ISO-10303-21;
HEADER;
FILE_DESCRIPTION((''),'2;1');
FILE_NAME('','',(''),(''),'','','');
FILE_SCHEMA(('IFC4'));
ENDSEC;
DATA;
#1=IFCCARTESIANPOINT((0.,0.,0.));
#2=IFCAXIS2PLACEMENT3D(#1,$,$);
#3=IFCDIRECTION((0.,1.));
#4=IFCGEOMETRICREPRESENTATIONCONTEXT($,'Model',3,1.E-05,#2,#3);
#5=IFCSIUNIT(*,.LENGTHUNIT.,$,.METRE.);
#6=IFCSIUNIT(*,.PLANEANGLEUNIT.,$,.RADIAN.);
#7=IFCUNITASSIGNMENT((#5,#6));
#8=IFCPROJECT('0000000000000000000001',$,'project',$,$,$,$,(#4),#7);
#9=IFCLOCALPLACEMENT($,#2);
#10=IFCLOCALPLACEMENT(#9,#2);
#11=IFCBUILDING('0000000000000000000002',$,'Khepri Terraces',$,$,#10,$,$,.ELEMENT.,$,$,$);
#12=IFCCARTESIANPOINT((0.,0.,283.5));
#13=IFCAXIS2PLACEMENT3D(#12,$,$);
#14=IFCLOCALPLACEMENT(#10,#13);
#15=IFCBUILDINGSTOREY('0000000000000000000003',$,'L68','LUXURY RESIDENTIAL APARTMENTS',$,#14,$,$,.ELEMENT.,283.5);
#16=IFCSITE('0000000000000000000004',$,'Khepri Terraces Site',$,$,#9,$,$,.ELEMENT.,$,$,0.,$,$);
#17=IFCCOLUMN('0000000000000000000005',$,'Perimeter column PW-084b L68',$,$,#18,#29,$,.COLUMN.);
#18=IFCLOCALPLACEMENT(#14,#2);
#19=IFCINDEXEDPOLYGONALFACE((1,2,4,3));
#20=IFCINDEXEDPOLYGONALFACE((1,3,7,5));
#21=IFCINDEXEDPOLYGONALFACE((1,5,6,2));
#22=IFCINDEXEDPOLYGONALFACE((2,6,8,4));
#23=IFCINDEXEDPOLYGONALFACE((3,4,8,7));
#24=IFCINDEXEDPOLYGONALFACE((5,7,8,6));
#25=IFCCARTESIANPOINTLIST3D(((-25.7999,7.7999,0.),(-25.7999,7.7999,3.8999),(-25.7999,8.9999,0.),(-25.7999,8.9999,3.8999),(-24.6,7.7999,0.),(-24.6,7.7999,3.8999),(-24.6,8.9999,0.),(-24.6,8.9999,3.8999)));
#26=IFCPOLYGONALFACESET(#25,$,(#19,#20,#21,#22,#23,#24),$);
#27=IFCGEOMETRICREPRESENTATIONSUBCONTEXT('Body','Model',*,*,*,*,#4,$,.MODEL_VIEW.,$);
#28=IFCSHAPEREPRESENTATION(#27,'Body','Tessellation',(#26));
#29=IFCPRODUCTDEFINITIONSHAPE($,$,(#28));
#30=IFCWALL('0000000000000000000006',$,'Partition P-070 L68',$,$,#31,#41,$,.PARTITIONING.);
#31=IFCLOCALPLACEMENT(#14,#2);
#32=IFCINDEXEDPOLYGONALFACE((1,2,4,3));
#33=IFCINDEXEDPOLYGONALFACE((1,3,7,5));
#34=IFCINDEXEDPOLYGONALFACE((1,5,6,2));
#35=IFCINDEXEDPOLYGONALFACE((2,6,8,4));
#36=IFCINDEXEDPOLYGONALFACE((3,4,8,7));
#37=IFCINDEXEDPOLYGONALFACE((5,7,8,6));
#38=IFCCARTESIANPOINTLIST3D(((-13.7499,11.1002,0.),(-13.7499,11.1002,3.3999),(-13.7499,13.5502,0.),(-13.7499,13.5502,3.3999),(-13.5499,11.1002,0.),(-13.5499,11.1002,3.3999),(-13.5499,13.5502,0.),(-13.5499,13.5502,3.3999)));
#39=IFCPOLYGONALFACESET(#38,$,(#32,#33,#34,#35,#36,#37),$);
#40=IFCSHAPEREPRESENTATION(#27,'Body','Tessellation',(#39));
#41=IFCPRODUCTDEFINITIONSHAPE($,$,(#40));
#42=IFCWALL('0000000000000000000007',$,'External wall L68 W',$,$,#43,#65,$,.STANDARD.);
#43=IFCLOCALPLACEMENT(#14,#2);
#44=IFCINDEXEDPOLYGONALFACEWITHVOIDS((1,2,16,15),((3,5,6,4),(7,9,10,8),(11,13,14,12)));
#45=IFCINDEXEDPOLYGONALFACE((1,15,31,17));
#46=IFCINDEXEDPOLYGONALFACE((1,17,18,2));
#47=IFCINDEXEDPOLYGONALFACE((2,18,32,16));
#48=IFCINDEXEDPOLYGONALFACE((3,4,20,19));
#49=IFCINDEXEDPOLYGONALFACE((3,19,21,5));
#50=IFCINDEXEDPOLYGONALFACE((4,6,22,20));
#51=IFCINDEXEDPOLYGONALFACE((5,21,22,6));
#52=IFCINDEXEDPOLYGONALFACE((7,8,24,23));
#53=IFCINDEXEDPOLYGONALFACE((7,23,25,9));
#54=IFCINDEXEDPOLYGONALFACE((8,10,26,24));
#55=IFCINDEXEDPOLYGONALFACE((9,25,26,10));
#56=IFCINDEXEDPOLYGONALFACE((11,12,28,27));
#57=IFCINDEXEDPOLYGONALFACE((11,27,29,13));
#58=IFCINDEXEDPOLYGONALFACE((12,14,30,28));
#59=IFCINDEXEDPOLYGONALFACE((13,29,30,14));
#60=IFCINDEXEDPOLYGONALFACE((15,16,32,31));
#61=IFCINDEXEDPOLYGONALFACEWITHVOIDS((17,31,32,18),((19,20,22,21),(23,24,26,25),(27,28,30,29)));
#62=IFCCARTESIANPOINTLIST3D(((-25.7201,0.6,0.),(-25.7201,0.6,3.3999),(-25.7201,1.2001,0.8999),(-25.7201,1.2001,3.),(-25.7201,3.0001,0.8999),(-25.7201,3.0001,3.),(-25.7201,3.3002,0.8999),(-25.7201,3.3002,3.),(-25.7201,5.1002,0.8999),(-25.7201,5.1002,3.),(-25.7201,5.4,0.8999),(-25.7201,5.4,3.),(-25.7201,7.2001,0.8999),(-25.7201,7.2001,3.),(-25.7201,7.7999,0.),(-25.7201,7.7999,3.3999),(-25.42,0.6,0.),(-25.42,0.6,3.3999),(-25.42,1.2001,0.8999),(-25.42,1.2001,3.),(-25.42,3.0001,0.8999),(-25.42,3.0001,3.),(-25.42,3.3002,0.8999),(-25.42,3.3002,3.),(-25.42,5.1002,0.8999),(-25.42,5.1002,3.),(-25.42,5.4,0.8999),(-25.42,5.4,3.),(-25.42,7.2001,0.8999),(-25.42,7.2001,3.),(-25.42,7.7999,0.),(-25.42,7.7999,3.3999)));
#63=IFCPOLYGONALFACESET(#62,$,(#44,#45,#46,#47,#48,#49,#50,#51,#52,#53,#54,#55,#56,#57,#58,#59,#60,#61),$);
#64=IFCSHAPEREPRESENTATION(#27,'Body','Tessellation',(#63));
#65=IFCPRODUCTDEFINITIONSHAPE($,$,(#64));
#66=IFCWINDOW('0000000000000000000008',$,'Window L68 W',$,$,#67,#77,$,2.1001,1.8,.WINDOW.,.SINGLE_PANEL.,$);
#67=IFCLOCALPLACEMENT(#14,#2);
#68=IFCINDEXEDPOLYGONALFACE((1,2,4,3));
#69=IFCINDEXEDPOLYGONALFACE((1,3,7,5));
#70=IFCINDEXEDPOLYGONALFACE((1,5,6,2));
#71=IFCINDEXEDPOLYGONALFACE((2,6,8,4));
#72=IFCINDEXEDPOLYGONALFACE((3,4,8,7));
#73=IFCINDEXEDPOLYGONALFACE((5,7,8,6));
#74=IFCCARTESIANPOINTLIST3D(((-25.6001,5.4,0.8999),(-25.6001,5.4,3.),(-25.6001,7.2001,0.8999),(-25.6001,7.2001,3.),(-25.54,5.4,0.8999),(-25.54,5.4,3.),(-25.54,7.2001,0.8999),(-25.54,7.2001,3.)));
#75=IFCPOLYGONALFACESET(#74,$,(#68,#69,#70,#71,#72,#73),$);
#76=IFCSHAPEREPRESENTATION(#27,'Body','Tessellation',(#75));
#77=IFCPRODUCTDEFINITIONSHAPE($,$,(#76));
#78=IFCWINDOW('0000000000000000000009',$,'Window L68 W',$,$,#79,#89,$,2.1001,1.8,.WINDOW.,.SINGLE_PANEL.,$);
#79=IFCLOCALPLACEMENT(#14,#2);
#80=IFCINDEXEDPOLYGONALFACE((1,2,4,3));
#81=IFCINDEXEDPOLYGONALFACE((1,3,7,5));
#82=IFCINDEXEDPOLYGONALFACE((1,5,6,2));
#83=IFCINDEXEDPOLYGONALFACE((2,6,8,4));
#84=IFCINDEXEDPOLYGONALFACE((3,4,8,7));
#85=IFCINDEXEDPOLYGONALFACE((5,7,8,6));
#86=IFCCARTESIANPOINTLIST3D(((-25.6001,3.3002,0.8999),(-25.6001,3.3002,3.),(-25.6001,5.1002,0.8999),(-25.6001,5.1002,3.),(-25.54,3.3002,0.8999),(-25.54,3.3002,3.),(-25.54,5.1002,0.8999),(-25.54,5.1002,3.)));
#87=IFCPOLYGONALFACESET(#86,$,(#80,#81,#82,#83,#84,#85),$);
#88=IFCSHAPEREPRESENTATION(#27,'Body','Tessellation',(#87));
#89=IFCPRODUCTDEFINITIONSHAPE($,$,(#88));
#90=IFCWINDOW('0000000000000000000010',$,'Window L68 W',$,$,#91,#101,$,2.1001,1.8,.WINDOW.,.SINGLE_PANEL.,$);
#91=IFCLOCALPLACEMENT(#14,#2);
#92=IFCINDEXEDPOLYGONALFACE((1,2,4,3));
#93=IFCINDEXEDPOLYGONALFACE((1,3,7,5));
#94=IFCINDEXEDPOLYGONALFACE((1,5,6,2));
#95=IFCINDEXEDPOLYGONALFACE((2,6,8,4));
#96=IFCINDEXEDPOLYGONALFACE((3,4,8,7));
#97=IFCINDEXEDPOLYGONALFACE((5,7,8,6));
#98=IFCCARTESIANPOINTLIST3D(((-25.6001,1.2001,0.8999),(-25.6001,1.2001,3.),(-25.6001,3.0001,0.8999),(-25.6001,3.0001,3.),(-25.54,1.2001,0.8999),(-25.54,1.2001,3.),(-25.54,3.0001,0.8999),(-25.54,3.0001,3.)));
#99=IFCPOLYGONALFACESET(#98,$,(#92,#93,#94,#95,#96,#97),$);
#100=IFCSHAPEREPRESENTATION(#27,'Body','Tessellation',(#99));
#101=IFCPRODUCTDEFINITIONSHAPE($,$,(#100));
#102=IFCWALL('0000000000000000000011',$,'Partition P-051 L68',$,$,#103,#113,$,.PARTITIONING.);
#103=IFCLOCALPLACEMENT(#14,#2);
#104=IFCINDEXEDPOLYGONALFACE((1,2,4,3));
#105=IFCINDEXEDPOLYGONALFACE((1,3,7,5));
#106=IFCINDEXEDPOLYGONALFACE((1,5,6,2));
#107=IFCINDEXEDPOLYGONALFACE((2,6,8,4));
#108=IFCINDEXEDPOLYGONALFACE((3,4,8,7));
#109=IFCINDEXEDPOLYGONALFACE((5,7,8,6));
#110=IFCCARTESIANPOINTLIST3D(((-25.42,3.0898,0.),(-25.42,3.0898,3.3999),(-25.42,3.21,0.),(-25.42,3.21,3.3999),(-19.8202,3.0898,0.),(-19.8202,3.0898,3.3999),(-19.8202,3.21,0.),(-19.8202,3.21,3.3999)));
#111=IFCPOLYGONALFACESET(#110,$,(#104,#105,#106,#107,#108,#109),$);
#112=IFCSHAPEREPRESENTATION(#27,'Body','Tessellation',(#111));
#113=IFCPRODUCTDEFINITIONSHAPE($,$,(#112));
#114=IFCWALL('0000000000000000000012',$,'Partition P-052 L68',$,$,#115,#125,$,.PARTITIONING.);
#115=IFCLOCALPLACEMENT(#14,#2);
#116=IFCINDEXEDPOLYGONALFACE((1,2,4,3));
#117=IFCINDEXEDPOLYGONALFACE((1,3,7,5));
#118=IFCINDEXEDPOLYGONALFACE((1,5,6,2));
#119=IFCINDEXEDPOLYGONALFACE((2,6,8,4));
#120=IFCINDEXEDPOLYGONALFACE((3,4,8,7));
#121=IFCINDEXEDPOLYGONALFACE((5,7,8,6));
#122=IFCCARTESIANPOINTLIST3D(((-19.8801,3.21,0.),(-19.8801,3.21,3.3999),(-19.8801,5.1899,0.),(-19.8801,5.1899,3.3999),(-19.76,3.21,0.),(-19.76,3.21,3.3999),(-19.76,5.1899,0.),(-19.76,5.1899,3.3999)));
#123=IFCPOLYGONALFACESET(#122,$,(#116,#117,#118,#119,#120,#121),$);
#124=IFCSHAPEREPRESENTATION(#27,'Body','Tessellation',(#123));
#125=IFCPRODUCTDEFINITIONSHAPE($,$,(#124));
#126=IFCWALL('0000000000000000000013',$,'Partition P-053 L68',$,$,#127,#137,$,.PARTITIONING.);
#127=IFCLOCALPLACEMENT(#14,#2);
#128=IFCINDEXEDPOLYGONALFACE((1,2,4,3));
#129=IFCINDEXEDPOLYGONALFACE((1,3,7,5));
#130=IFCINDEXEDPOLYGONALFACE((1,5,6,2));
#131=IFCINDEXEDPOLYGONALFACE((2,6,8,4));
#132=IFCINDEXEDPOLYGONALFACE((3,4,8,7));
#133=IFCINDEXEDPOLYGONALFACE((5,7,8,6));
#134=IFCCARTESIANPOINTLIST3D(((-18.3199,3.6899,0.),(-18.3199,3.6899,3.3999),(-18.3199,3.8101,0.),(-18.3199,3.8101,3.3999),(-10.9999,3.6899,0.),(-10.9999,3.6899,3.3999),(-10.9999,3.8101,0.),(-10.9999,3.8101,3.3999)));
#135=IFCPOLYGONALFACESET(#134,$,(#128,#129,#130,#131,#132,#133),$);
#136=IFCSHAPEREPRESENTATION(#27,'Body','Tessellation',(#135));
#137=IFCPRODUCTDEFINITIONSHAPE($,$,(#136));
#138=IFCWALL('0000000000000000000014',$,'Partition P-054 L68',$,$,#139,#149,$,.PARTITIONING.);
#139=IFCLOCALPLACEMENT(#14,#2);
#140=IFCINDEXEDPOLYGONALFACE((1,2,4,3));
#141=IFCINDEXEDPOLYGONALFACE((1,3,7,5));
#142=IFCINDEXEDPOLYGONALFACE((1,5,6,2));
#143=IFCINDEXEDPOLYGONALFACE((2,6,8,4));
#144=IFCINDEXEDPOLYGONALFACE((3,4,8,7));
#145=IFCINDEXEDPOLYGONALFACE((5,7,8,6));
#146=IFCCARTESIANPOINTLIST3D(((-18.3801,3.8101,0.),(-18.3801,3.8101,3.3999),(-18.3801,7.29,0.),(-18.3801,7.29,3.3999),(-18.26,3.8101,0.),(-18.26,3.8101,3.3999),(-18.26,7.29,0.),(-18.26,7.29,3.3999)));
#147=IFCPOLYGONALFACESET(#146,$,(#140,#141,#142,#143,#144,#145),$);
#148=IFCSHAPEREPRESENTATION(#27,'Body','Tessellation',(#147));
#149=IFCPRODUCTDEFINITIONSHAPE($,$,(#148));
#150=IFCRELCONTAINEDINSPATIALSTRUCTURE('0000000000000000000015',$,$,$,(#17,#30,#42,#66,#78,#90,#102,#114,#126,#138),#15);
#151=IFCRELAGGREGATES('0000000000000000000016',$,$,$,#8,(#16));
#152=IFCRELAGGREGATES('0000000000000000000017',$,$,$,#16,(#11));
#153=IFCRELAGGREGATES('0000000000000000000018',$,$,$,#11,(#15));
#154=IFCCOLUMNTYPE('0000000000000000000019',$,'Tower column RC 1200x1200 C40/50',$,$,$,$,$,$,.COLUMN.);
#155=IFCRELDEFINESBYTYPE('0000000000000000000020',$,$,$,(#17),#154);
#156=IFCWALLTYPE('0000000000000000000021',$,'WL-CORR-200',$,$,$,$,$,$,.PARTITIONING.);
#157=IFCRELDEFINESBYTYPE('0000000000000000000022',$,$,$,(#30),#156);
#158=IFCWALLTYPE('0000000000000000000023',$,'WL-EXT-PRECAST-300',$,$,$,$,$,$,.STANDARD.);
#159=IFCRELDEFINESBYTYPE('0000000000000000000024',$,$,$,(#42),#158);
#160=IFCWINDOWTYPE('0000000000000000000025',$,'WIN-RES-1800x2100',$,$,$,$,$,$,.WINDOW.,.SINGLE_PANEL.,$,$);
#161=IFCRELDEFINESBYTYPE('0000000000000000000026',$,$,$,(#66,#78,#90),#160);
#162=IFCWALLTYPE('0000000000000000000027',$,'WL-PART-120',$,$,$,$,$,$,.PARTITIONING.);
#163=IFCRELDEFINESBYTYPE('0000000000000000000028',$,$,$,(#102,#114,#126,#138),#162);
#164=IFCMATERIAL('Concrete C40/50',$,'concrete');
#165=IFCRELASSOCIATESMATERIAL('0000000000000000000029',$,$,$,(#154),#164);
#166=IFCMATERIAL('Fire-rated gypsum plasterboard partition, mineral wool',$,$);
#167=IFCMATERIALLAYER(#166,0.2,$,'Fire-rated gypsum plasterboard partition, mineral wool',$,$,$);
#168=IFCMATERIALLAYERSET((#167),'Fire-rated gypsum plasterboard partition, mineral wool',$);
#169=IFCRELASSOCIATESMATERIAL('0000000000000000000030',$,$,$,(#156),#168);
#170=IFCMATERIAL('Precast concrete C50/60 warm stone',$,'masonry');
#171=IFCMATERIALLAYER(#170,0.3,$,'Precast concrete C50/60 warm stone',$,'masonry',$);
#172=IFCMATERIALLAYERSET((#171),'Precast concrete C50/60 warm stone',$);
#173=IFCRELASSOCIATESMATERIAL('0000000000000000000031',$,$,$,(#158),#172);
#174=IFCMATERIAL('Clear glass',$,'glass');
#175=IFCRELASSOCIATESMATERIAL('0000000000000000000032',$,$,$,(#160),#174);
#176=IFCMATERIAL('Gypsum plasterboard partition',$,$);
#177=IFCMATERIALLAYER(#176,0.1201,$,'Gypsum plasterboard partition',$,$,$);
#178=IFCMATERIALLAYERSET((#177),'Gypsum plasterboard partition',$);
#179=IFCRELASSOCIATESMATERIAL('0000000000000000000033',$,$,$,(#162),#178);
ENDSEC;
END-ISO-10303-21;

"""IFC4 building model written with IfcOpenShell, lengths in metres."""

from ifc_helpers import new_model, si_unit, direction, frame, frame_2d, origin, origin_2d, place, context, subcontext, project, spatial, rectangle, extrude, material, layer, layer_set, material_profile, profile_set, type_object, element, fill, save


model = new_model("IFC4")

# Units and contexts
model_context = context("Model", 3, precision=1e-05, world=origin(), true_north=direction((0.0, 1.0)))
body_context = subcontext(model_context, "Body", "Model", "MODEL_VIEW")
ifc_project = project(units=[si_unit("LENGTHUNIT", "METRE"), si_unit("PLANEANGLEUNIT", "RADIAN")], contexts=[model_context])

# Site, building, storey
site_placement = place(None, origin())
site = spatial("IfcSite", under=ifc_project, at=site_placement, Name="Khepri Terraces Site", CompositionType="ELEMENT", RefElevation=0.0)
building_placement = place(site_placement, origin())
building = spatial("IfcBuilding", under=site, at=building_placement, Name="Khepri Terraces", CompositionType="ELEMENT")
storey_placement = place(building_placement, frame((0.0, 0.0, 283.5)))
storey = spatial("IfcBuildingStorey", under=building, at=storey_placement, Name="L68", Description="LUXURY RESIDENTIAL APARTMENTS", CompositionType="ELEMENT", Elevation=283.5)

# Column
ifc_material_1 = material(Name="Concrete C40/50", Category="concrete")
ifc_material_profile = material_profile(ifc_material_1, rectangle(XDim=1.2, YDim=1.2, at=origin_2d()), Name="Concrete C40/50", Category="concrete")
ifc_profile_set = profile_set([ifc_material_profile], Name="Concrete C40/50")
column_type = type_object("IfcColumnType", Name="Tower column RC 1200x1200 C40/50", PredefinedType="COLUMN", material=ifc_profile_set)
column_placement = place(storey_placement, frame((-25.2, 8.3999, 0.0), z_axis=(0.0, 0.0, 1.0), x_axis=(1.0, 0.0, 0.0)))
element("IfcColumn", 1, at=column_placement, inside=storey, type_object=column_type, Name="Perimeter column PW-084b L68", PredefinedType="COLUMN", context=body_context, shape_type="SweptSolid", body=[
    extrude(rectangle(XDim=1.2, YDim=1.2, at=origin_2d()), origin(), (0.0, 0.0, 1.0), 3.8999),
])

# Shared definitions
ifc_material_2 = material(Name="Fire-rated gypsum plasterboard partition, mineral wool")
ifc_layer_1 = layer(ifc_material_2, 0.2, Name="Fire-rated gypsum plasterboard partition, mineral wool")
ifc_layer_set_1 = layer_set([ifc_layer_1], Name="Fire-rated gypsum plasterboard partition, mineral wool")
wall_type_1 = type_object("IfcWallType", Name="WL-CORR-200", PredefinedType="PARTITIONING", material=ifc_layer_set_1)

# Wall
wall_1_placement = place(storey_placement, frame((-13.6499, 11.1001, 0.0), z_axis=(0.0, 0.0, 1.0), x_axis=(0.0, 1.0, 0.0)))
element("IfcWall", 2, at=wall_1_placement, inside=storey, type_object=wall_type_1, Name="Partition P-070 L68", PredefinedType="PARTITIONING", context=body_context, shape_type="SweptSolid", body=[
    extrude(rectangle(XDim=2.45, YDim=0.2, at=frame_2d((1.2251, 0.0))), origin(), (0.0, 0.0, 1.0), 3.3999),
])

# Wall, openings, windows
ifc_material_3 = material(Name="Precast concrete C50/60 warm stone", Category="masonry")
ifc_layer_2 = layer(ifc_material_3, 0.3, Name="Precast concrete C50/60 warm stone", Category="masonry")
ifc_layer_set_2 = layer_set([ifc_layer_2], Name="Precast concrete C50/60 warm stone")
wall_type_2 = type_object("IfcWallType", Name="WL-EXT-PRECAST-300", PredefinedType="STANDARD", material=ifc_layer_set_2)
wall_2_placement = place(storey_placement, frame((-25.5701, 7.8, 0.0), z_axis=(0.0, 0.0, 1.0), x_axis=(0.0, -1.0, 0.0)))
wall_2 = element("IfcWall", 3, at=wall_2_placement, inside=storey, type_object=wall_type_2, Name="External wall L68 W", PredefinedType="STANDARD", context=body_context, shape_type="SweptSolid", body=[
    extrude(rectangle(XDim=7.2, YDim=0.3, at=frame_2d((3.6001, 0.0))), origin(), (0.0, 0.0, 1.0), 3.3999),
])
opening_1_placement = place(wall_2_placement, frame((0.6001, 0.0, 0.8999)))
opening_1 = element("IfcOpeningElement", 4, at=opening_1_placement, cuts=wall_2, PredefinedType="OPENING", context=body_context, shape_type="SweptSolid", body=[
    extrude(rectangle(XDim=1.8, YDim=2.1001, at=frame_2d((0.8999, 1.05))), frame((0.0, 0.1602, 0.0), z_axis=(0.0, -1.0, 0.0), x_axis=(1.0, 0.0, 0.0)), (0.0, 0.0, 1.0), 0.3201),
])
opening_2_placement = place(wall_2_placement, frame((2.7, 0.0, 0.8999)))
opening_2 = element("IfcOpeningElement", 5, at=opening_2_placement, cuts=wall_2, PredefinedType="OPENING", context=body_context, shape_type="SweptSolid", body=[
    extrude(rectangle(XDim=1.8, YDim=2.1001, at=frame_2d((0.8999, 1.05))), frame((0.0, 0.1602, 0.0), z_axis=(0.0, -1.0, 0.0), x_axis=(1.0, 0.0, 0.0)), (0.0, 0.0, 1.0), 0.3201),
])
opening_3_placement = place(wall_2_placement, frame((4.8, 0.0, 0.8999)))
opening_3 = element("IfcOpeningElement", 6, at=opening_3_placement, cuts=wall_2, PredefinedType="OPENING", context=body_context, shape_type="SweptSolid", body=[
    extrude(rectangle(XDim=1.8, YDim=2.1001, at=frame_2d((0.8999, 1.05))), frame((0.0, 0.1602, 0.0), z_axis=(0.0, -1.0, 0.0), x_axis=(1.0, 0.0, 0.0)), (0.0, 0.0, 1.0), 0.3201),
])
ifc_material_4 = material(Name="Clear glass", Category="glass")
window_type = type_object("IfcWindowType", Name="WIN-RES-1800x2100", PartitioningType="SINGLE_PANEL", PredefinedType="WINDOW", material=ifc_material_4)
window_1_placement = place(opening_1_placement, origin())
window_1 = element("IfcWindow", 7, at=window_1_placement, inside=storey, type_object=window_type, Name="Window L68 W", OverallHeight=2.1001, OverallWidth=1.8, PartitioningType="SINGLE_PANEL", PredefinedType="WINDOW", context=body_context, shape_type="SweptSolid", body=[
    extrude(rectangle(XDim=1.8, YDim=2.1001, at=frame_2d((0.8999, 1.05))), frame((0.0, 0.03, 0.0), z_axis=(0.0, -1.0, 0.0), x_axis=(1.0, 0.0, 0.0)), (0.0, 0.0, 1.0), 0.0601),
])
fill(opening_1, window_1)
window_2_placement = place(opening_2_placement, origin())
window_2 = element("IfcWindow", 8, at=window_2_placement, inside=storey, type_object=window_type, Name="Window L68 W", OverallHeight=2.1001, OverallWidth=1.8, PartitioningType="SINGLE_PANEL", PredefinedType="WINDOW", context=body_context, shape_type="SweptSolid", body=[
    extrude(rectangle(XDim=1.8, YDim=2.1001, at=frame_2d((0.8999, 1.05))), frame((0.0, 0.03, 0.0), z_axis=(0.0, -1.0, 0.0), x_axis=(1.0, 0.0, 0.0)), (0.0, 0.0, 1.0), 0.0601),
])
fill(opening_2, window_2)
window_3_placement = place(opening_3_placement, origin())
window_3 = element("IfcWindow", 9, at=window_3_placement, inside=storey, type_object=window_type, Name="Window L68 W", OverallHeight=2.1001, OverallWidth=1.8, PartitioningType="SINGLE_PANEL", PredefinedType="WINDOW", context=body_context, shape_type="SweptSolid", body=[
    extrude(rectangle(XDim=1.8, YDim=2.1001, at=frame_2d((0.8999, 1.05))), frame((0.0, 0.03, 0.0), z_axis=(0.0, -1.0, 0.0), x_axis=(1.0, 0.0, 0.0)), (0.0, 0.0, 1.0), 0.0601),
])
fill(opening_3, window_3)

# Walls
ifc_material_5 = material(Name="Gypsum plasterboard partition")
ifc_layer_3 = layer(ifc_material_5, 0.1201, Name="Gypsum plasterboard partition")
ifc_layer_set_3 = layer_set([ifc_layer_3], Name="Gypsum plasterboard partition")
wall_type_3 = type_object("IfcWallType", Name="WL-PART-120", PredefinedType="PARTITIONING", material=ifc_layer_set_3)
wall_3_placement = place(storey_placement, frame((-25.4199, 3.1499, 0.0), z_axis=(0.0, 0.0, 1.0), x_axis=(1.0, 0.0, 0.0)))
element("IfcWall", 10, at=wall_3_placement, inside=storey, type_object=wall_type_3, Name="Partition P-051 L68", PredefinedType="PARTITIONING", context=body_context, shape_type="SweptSolid", body=[
    extrude(rectangle(XDim=5.5999, YDim=0.1201, at=frame_2d((2.7998, 0.0))), origin(), (0.0, 0.0, 1.0), 3.3999),
])
wall_4_placement = place(storey_placement, frame((-19.8201, 3.21, 0.0), z_axis=(0.0, 0.0, 1.0), x_axis=(0.0, 1.0, 0.0)))
element("IfcWall", 11, at=wall_4_placement, inside=storey, type_object=wall_type_3, Name="Partition P-052 L68", PredefinedType="PARTITIONING", context=body_context, shape_type="SweptSolid", body=[
    extrude(rectangle(XDim=1.98, YDim=0.1201, at=frame_2d((0.99, 0.0))), origin(), (0.0, 0.0, 1.0), 3.3999),
])
wall_5_placement = place(storey_placement, frame((-18.3201, 3.75, 0.0), z_axis=(0.0, 0.0, 1.0), x_axis=(1.0, 0.0, 0.0)))
element("IfcWall", 12, at=wall_5_placement, inside=storey, type_object=wall_type_3, Name="Partition P-053 L68", PredefinedType="PARTITIONING", context=body_context, shape_type="SweptSolid", body=[
    extrude(rectangle(XDim=7.3201, YDim=0.1201, at=frame_2d((3.6602, 0.0))), origin(), (0.0, 0.0, 1.0), 3.3999),
])
wall_6_placement = place(storey_placement, frame((-18.3201, 3.8101, 0.0), z_axis=(0.0, 0.0, 1.0), x_axis=(0.0, 1.0, 0.0)))
element("IfcWall", 13, at=wall_6_placement, inside=storey, type_object=wall_type_3, Name="Partition P-054 L68", PredefinedType="PARTITIONING", context=body_context, shape_type="SweptSolid", body=[
    extrude(rectangle(XDim=3.48, YDim=0.1201, at=frame_2d((1.74, 0.0))), origin(), (0.0, 0.0, 1.0), 3.3999),
])

save(model, "model.ifc")
